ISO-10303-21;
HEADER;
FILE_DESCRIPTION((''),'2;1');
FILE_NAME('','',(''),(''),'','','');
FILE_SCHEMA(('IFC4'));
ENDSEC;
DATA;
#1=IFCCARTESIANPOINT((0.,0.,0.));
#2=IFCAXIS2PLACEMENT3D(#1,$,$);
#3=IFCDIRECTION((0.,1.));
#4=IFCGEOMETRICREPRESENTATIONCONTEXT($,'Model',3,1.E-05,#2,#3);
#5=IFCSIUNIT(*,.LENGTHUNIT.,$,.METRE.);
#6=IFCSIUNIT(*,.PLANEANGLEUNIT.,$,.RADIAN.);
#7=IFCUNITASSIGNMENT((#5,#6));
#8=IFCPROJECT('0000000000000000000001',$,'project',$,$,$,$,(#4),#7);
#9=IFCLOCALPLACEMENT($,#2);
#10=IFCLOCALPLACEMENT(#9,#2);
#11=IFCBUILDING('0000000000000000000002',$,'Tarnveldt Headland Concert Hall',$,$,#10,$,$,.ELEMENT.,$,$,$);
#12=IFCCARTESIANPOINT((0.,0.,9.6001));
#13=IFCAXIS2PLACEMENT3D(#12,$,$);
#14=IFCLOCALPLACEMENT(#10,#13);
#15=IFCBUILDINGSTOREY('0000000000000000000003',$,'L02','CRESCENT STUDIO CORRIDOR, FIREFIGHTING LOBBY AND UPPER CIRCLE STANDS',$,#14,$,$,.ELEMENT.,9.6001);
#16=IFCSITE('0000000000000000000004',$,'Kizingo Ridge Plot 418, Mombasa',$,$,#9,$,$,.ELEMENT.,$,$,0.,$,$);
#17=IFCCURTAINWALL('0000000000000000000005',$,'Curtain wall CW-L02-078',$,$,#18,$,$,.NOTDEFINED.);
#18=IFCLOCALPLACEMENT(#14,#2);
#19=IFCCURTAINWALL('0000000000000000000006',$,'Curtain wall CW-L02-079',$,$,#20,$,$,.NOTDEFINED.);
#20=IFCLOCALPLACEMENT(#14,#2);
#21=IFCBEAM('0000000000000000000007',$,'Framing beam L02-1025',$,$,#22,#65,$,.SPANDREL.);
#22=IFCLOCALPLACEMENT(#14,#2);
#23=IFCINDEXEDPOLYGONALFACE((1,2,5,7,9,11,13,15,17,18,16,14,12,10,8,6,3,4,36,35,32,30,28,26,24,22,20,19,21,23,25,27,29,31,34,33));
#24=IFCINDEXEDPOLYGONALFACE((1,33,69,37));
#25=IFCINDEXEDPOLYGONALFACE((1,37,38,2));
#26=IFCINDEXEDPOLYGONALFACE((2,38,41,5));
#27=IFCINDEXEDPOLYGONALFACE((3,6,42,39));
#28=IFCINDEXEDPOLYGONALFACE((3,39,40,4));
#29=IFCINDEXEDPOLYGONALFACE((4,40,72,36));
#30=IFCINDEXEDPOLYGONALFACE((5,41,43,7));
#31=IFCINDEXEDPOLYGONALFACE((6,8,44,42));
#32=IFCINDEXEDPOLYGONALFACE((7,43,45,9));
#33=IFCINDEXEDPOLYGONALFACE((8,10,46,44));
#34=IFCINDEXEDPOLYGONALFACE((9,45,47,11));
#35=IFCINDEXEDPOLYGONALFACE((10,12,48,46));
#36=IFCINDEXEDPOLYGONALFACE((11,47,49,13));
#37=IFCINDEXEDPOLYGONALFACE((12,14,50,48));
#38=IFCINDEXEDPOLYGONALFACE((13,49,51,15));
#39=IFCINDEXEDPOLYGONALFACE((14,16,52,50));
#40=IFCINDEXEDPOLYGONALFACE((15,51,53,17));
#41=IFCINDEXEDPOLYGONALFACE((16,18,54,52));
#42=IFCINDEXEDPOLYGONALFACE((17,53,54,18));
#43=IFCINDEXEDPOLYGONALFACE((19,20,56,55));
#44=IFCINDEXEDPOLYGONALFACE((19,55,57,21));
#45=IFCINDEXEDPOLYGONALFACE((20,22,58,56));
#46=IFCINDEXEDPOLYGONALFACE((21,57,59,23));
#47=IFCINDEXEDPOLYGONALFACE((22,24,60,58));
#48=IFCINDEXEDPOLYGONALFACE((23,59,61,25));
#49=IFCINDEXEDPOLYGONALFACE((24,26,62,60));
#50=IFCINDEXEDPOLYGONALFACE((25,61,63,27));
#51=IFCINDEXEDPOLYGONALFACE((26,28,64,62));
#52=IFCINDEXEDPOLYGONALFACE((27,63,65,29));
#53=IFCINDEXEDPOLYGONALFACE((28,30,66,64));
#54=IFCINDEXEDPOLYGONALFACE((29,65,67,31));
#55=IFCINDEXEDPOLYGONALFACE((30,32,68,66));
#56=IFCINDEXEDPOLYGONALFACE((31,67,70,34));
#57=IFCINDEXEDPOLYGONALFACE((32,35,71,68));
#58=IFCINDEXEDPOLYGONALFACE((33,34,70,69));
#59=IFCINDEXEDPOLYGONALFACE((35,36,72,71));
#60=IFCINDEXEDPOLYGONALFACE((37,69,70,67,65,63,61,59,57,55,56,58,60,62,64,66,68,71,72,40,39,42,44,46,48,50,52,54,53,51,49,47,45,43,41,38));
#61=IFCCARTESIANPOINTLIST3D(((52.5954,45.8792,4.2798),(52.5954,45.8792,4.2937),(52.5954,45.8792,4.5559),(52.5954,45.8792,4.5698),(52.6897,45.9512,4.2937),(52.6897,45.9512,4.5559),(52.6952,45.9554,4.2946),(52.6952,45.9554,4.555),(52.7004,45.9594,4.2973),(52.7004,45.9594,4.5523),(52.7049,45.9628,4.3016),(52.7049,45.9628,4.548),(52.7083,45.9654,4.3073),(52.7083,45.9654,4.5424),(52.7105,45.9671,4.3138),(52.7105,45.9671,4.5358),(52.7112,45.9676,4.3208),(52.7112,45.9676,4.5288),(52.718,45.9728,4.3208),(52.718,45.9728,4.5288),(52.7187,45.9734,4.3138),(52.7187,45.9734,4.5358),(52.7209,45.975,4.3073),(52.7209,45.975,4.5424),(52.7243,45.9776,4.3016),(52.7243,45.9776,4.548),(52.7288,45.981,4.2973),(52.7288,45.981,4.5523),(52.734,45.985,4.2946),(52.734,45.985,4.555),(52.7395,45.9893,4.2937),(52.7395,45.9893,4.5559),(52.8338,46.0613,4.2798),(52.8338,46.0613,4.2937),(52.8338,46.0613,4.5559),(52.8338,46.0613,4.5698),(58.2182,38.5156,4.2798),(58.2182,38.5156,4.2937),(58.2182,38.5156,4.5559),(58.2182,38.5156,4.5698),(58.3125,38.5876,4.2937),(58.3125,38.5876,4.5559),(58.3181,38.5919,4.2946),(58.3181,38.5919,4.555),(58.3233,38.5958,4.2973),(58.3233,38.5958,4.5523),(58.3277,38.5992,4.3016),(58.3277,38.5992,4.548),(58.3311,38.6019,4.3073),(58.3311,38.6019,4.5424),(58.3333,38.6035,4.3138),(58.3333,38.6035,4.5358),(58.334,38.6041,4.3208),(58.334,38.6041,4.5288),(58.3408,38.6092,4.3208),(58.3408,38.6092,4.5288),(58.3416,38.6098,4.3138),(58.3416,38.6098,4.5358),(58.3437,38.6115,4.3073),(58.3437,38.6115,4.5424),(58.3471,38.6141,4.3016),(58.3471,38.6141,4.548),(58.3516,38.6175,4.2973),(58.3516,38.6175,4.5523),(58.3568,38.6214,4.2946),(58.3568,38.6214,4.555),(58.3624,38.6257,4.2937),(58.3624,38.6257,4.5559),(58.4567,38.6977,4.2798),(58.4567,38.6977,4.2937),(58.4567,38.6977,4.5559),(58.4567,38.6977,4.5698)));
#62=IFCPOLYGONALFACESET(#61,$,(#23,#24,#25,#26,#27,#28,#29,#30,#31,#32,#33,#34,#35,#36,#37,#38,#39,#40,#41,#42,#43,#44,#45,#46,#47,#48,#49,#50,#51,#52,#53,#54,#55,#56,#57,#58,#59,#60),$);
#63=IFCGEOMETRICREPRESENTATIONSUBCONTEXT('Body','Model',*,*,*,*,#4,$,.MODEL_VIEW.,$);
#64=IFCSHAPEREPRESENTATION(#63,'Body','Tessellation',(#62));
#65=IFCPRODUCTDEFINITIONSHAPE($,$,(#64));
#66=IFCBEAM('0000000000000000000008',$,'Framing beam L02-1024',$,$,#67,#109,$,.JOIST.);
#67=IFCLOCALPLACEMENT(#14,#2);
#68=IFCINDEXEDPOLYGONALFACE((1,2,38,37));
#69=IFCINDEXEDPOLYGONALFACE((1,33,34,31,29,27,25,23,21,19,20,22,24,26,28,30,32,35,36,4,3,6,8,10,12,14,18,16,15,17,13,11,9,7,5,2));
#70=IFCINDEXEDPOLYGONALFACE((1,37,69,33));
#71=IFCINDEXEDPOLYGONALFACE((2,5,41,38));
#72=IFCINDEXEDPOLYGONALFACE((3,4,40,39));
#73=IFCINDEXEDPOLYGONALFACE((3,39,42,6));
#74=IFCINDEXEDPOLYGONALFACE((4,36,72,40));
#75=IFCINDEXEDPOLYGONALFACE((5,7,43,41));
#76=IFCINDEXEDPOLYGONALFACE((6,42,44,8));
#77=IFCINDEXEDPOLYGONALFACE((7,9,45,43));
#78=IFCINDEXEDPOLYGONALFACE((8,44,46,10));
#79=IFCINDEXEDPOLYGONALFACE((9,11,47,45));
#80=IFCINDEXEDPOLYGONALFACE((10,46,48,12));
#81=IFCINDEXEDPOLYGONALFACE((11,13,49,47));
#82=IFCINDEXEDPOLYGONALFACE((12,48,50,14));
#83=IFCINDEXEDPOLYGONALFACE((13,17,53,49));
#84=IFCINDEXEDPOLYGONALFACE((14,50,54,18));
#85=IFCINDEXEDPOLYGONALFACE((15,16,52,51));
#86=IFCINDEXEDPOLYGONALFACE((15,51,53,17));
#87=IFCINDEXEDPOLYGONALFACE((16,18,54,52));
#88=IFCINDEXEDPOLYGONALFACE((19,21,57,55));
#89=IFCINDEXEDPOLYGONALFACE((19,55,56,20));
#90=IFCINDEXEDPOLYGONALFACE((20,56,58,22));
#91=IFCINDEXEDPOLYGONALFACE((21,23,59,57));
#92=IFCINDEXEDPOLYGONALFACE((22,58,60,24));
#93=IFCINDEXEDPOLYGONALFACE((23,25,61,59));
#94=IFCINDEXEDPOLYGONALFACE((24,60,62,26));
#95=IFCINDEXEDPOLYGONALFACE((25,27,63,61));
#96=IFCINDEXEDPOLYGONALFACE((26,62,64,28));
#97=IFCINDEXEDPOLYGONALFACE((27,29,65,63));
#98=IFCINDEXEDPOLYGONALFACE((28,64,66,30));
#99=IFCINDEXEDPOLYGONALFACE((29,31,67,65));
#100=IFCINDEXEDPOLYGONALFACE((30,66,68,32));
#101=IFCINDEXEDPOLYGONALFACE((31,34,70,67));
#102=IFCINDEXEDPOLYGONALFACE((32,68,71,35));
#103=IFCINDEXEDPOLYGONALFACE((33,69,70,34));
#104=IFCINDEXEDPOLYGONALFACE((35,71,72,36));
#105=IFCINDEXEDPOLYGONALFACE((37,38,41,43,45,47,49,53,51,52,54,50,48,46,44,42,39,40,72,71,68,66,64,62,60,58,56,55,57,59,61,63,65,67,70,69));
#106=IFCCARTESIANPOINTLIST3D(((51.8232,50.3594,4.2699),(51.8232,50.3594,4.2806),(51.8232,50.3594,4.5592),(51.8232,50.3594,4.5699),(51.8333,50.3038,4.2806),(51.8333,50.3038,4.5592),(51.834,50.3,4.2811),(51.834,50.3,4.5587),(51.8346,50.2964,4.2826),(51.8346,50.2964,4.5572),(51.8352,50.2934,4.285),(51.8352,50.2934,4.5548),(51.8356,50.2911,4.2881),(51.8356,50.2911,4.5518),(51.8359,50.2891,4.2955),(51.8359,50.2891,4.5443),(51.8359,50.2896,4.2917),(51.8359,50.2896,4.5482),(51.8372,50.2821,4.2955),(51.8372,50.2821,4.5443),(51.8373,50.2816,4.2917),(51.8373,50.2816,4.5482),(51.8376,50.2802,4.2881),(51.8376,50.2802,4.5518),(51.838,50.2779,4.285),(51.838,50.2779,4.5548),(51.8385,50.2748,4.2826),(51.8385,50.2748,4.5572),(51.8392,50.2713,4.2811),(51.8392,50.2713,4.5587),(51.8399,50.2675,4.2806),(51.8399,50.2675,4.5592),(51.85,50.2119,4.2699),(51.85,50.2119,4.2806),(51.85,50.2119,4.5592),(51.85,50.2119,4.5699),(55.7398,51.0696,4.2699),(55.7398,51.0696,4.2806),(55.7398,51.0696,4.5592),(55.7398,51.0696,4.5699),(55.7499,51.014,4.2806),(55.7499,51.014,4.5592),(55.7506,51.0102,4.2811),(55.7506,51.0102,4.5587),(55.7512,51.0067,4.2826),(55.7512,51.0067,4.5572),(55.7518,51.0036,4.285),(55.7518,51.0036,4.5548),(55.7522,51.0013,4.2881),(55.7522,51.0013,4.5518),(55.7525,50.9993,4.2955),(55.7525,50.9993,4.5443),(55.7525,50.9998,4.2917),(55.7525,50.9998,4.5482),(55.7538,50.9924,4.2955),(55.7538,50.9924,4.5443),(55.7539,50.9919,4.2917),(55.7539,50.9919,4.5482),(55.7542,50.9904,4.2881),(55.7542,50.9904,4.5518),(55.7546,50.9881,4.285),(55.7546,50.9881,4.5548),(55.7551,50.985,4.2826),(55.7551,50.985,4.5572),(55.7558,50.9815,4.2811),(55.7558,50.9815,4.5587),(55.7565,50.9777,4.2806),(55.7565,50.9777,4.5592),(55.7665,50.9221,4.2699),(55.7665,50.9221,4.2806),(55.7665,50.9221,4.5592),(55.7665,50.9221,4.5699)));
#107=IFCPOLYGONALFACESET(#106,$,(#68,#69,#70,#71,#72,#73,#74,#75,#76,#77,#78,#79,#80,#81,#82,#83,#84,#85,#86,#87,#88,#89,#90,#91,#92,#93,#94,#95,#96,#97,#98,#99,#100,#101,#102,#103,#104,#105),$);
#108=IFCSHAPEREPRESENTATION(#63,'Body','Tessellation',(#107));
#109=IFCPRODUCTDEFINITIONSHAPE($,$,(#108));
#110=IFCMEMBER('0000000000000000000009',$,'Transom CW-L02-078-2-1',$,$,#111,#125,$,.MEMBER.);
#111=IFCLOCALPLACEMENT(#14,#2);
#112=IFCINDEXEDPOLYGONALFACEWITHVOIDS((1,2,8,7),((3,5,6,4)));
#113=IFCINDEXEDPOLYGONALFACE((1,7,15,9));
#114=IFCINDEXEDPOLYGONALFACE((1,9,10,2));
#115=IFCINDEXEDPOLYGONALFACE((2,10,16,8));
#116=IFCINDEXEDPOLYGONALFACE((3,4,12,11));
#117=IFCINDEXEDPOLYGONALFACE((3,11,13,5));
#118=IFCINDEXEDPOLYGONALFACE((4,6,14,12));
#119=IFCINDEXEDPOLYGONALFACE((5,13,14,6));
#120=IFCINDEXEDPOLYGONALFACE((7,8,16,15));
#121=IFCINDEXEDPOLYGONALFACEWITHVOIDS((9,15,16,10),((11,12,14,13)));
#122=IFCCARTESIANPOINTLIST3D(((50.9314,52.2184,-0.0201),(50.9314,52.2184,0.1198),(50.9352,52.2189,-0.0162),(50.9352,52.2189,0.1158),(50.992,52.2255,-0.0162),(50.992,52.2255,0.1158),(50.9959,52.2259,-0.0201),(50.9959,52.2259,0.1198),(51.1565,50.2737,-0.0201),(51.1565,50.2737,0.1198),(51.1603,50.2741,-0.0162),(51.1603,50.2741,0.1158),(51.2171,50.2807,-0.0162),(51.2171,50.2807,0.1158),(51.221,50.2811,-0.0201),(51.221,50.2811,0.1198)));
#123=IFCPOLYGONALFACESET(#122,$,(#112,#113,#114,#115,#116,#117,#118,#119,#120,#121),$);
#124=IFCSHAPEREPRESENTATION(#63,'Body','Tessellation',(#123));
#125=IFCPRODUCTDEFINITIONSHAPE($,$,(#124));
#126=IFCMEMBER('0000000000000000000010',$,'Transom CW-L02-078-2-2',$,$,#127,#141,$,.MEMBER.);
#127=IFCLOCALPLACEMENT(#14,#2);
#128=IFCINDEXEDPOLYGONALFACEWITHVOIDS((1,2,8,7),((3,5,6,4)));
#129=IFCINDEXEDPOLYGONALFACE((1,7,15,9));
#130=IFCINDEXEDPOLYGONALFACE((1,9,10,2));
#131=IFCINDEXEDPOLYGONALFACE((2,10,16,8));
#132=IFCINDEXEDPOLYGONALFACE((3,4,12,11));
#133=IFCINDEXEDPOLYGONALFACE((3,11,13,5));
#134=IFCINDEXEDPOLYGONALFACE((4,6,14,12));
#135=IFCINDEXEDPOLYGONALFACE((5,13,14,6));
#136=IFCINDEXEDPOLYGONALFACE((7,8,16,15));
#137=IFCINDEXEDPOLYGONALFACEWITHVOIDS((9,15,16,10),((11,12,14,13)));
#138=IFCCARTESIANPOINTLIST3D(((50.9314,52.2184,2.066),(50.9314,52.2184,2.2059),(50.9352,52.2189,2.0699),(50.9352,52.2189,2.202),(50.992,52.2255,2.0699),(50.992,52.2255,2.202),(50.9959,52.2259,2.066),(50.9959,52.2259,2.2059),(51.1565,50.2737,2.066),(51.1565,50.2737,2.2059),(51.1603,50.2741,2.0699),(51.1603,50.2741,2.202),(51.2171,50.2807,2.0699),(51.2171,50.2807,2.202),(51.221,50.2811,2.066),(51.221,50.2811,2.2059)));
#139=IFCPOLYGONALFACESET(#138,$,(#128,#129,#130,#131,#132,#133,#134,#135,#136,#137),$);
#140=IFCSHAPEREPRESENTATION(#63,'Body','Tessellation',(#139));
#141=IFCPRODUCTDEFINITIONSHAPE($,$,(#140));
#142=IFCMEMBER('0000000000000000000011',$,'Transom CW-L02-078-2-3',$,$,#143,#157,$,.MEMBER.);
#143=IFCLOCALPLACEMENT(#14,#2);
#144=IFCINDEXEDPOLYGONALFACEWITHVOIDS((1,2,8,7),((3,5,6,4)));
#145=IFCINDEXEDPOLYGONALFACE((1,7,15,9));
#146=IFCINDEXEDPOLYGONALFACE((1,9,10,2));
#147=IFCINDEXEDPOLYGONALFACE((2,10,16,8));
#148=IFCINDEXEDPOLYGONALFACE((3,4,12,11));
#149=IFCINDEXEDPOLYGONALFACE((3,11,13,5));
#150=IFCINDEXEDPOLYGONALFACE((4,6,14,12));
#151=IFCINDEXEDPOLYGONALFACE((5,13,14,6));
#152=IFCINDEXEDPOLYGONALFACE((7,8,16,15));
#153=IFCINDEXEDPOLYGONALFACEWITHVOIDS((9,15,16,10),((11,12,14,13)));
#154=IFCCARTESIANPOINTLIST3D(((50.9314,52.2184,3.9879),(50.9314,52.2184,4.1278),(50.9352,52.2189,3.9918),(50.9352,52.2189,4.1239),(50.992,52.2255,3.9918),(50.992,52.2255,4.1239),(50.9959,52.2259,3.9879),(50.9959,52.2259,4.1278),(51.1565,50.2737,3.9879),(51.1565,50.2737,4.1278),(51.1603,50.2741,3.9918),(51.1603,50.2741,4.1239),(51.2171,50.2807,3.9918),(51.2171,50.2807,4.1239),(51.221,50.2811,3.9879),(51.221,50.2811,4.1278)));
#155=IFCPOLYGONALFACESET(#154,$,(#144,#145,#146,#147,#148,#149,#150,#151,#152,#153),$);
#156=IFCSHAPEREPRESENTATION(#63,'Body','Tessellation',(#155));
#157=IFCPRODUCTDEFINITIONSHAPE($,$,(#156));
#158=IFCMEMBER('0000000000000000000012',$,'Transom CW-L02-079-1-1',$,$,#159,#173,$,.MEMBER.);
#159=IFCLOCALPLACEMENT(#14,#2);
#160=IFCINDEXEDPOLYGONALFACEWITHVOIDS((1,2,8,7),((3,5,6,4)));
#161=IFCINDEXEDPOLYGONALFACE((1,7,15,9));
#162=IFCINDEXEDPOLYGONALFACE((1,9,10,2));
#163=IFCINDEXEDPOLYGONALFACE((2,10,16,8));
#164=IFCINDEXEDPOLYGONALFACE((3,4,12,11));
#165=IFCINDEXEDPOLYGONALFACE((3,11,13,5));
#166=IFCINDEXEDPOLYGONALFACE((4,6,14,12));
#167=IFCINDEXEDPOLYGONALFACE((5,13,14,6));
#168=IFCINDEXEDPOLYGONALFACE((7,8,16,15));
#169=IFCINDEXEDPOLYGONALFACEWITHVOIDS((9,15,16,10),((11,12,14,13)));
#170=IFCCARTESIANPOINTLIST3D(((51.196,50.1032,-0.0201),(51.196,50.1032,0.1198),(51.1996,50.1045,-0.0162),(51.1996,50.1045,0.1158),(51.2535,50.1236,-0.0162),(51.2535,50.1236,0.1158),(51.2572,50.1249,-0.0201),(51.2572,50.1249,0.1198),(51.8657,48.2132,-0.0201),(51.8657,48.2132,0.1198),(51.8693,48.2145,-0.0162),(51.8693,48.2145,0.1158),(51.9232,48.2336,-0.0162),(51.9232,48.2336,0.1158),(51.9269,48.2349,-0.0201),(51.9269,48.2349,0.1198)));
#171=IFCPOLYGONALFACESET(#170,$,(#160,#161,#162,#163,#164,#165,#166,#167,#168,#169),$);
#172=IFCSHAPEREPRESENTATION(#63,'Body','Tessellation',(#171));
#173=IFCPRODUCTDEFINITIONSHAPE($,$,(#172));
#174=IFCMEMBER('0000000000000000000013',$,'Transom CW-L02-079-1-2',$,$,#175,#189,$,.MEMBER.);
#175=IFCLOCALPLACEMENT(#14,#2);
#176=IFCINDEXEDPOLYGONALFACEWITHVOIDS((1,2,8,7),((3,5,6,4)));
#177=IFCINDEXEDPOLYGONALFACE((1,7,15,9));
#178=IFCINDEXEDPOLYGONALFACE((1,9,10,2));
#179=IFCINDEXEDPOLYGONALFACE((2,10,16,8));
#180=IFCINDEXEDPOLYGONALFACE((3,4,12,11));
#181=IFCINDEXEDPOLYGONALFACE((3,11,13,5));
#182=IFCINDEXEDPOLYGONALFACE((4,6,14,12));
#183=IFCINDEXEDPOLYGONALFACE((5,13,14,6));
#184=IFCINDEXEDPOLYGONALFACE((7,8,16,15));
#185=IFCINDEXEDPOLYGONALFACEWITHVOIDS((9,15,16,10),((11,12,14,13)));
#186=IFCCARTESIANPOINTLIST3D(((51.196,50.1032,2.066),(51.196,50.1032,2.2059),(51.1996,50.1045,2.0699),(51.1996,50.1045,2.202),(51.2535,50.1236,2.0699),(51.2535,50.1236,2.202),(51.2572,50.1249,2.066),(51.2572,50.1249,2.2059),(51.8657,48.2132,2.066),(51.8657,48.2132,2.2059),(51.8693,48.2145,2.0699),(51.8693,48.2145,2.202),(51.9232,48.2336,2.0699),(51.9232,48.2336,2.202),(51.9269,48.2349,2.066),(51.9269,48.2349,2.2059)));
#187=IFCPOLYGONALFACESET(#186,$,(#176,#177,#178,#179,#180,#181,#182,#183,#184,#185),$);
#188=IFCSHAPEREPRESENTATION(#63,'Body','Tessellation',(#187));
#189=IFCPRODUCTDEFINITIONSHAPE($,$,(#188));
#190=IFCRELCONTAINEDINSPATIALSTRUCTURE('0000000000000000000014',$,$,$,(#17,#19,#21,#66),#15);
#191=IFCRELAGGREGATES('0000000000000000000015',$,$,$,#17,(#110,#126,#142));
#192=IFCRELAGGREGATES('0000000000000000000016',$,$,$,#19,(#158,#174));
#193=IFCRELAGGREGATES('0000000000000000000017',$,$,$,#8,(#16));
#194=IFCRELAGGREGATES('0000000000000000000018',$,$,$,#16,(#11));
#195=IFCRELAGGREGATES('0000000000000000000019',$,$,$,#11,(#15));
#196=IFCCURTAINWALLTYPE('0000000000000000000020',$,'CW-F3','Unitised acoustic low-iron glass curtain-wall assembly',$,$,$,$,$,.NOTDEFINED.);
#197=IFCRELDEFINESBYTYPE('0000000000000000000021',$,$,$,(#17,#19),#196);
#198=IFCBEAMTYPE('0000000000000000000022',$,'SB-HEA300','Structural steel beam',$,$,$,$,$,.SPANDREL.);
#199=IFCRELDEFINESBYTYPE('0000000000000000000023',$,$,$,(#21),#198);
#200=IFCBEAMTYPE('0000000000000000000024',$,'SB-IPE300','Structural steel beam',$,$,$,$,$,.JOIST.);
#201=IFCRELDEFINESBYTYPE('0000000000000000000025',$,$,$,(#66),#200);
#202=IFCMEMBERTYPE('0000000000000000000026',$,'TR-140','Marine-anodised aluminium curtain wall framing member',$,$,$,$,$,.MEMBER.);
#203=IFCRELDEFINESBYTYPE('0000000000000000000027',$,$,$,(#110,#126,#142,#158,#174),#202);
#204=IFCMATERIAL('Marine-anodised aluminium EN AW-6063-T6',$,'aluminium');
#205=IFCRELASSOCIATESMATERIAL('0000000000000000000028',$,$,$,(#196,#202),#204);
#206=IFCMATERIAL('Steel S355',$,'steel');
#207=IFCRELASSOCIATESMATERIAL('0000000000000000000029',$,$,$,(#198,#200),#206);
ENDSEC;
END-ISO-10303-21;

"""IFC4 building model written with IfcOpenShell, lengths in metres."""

from ifc_helpers import new_model, si_unit, direction, frame, origin, origin_2d, place, context, subcontext, project, spatial, hollow_rectangle, i_section, extrude, material, material_profile, profile_set, type_object, element, aggregate, save


model = new_model("IFC4")

# Units and contexts
model_context = context("Model", 3, precision=1e-05, world=origin(), true_north=direction((0.0, 1.0)))
body_context = subcontext(model_context, "Body", "Model", "MODEL_VIEW")
ifc_project = project(units=[si_unit("LENGTHUNIT", "METRE"), si_unit("PLANEANGLEUNIT", "RADIAN")], contexts=[model_context])

# Site, building, storey
site_placement = place(None, origin())
site = spatial("IfcSite", under=ifc_project, at=site_placement, Name="Kizingo Ridge Plot 418, Mombasa", CompositionType="ELEMENT", RefElevation=0.0)
building_placement = place(site_placement, origin())
building = spatial("IfcBuilding", under=site, at=building_placement, Name="Tarnveldt Headland Concert Hall", CompositionType="ELEMENT")
storey_placement = place(building_placement, frame((0.0, 0.0, 9.6001)))
storey = spatial("IfcBuildingStorey", under=building, at=storey_placement, Name="L02", Description="CRESCENT STUDIO CORRIDOR, FIREFIGHTING LOBBY AND UPPER CIRCLE STANDS", CompositionType="ELEMENT", Elevation=9.6001)

# Shared definitions
ifc_material_1 = material(Name="Steel S355", Category="steel")

# Curtain walls
ifc_material_2 = material(Name="Marine-anodised aluminium EN AW-6063-T6", Category="aluminium")
curtain_wall_type = type_object("IfcCurtainWallType", Name="CW-F3", Description="Unitised acoustic low-iron glass curtain-wall assembly", PredefinedType="NOTDEFINED", material=ifc_material_2)
curtain_wall_1_placement = place(storey_placement, origin())
curtain_wall_1 = element("IfcCurtainWall", 1, at=curtain_wall_1_placement, inside=storey, type_object=curtain_wall_type, Name="Curtain wall CW-L02-078", PredefinedType="NOTDEFINED")
curtain_wall_2_placement = place(storey_placement, origin())
curtain_wall_2 = element("IfcCurtainWall", 2, at=curtain_wall_2_placement, inside=storey, type_object=curtain_wall_type, Name="Curtain wall CW-L02-079", PredefinedType="NOTDEFINED")

# Beams
ifc_material_profile_1 = material_profile(ifc_material_1, i_section(OverallWidth=0.3, OverallDepth=0.29, WebThickness=0.0085, FlangeThickness=0.0139, FilletRadius=0.0271, at=origin_2d()), Name="HEA300", Category="steel")
ifc_profile_set_1 = profile_set([ifc_material_profile_1], Name="Steel S355")
beam_type_1 = type_object("IfcBeamType", Name="SB-HEA300", Description="Structural steel beam", PredefinedType="SPANDREL", material=ifc_profile_set_1)
beam_1_placement = place(storey_placement, frame((52.7146, 45.9702, 4.4248), z_axis=(0.606896, -0.794781, 0.0), x_axis=(0.794781, 0.606896, 0.0)))
element("IfcBeam", 3, at=beam_1_placement, inside=storey, type_object=beam_type_1, Name="Framing beam L02-1025", PredefinedType="SPANDREL", context=body_context, shape_type="SweptSolid", body=[
    extrude(i_section(OverallWidth=0.3, OverallDepth=0.29, WebThickness=0.0085, FlangeThickness=0.0139, FilletRadius=0.0271, at=origin_2d()), origin(), (0.0, 0.0, 1.0), 9.2649),
])
ifc_material_profile_2 = material_profile(ifc_material_1, i_section(OverallWidth=0.1499, OverallDepth=0.3, WebThickness=0.0071, FlangeThickness=0.0107, FilletRadius=0.0149, at=origin_2d()), Name="IPE300", Category="steel")
ifc_profile_set_2 = profile_set([ifc_material_profile_2], Name="Steel S355")
beam_type_2 = type_object("IfcBeamType", Name="SB-IPE300", Description="Structural steel beam", PredefinedType="JOIST", material=ifc_profile_set_2)
beam_2_placement = place(storey_placement, frame((55.7532, 50.9958, 4.4199), z_axis=(-0.983953, -0.178427, 0.0), x_axis=(0.178427, -0.983953, 0.0)))
element("IfcBeam", 4, at=beam_2_placement, inside=storey, type_object=beam_type_2, Name="Framing beam L02-1024", PredefinedType="JOIST", context=body_context, shape_type="SweptSolid", body=[
    extrude(i_section(OverallWidth=0.1499, OverallDepth=0.3, WebThickness=0.0071, FlangeThickness=0.0107, FilletRadius=0.0149, at=origin_2d()), origin(), (0.0, 0.0, 1.0), 3.9805),
])

# Members
ifc_material_profile_3 = material_profile(ifc_material_2, hollow_rectangle(XDim=0.0649, YDim=0.1399, WallThickness=0.0039, at=origin_2d()), Name="ALU TRANSOM 65x140x4", Category="aluminium")
ifc_profile_set_3 = profile_set([ifc_material_profile_3], Name="Marine-anodised aluminium EN AW-6063-T6")
member_type_1 = type_object("IfcMemberType", Name="TR-140", Description="Marine-anodised aluminium curtain wall framing member", PredefinedType="MEMBER", material=ifc_profile_set_3)
member_1_placement = place(storey_placement, frame((50.9636, 52.2222, 0.0498), z_axis=(0.114974, -0.993368, 0.0), x_axis=(0.993368, 0.114974, 0.0)))
member_1 = element("IfcMember", 5, at=member_1_placement, type_object=member_type_1, Name="Transom CW-L02-078-2-1", PredefinedType="MEMBER", context=body_context, shape_type="SweptSolid", body=[
    extrude(hollow_rectangle(XDim=0.0649, YDim=0.1399, WallThickness=0.0039, at=origin_2d()), origin(), (0.0, 0.0, 1.0), 1.9578),
])
member_2_placement = place(storey_placement, frame((50.9636, 52.2222, 2.136), z_axis=(0.114974, -0.993368, 0.0), x_axis=(0.993368, 0.114974, 0.0)))
member_2 = element("IfcMember", 6, at=member_2_placement, type_object=member_type_1, Name="Transom CW-L02-078-2-2", PredefinedType="MEMBER", context=body_context, shape_type="SweptSolid", body=[
    extrude(hollow_rectangle(XDim=0.0649, YDim=0.1399, WallThickness=0.0039, at=origin_2d()), origin(), (0.0, 0.0, 1.0), 1.9578),
])
member_3_placement = place(storey_placement, frame((50.9636, 52.2222, 4.0579), z_axis=(0.114974, -0.993368, 0.0), x_axis=(0.993368, 0.114974, 0.0)))
member_3 = element("IfcMember", 7, at=member_3_placement, type_object=member_type_1, Name="Transom CW-L02-078-2-3", PredefinedType="MEMBER", context=body_context, shape_type="SweptSolid", body=[
    extrude(hollow_rectangle(XDim=0.0649, YDim=0.1399, WallThickness=0.0039, at=origin_2d()), origin(), (0.0, 0.0, 1.0), 1.9578),
])
member_4_placement = place(storey_placement, frame((51.2266, 50.114, 0.0498), z_axis=(0.333998, -0.942574, 0.0), x_axis=(0.942574, 0.333998, 0.0)))
member_4 = element("IfcMember", 8, at=member_4_placement, type_object=member_type_1, Name="Transom CW-L02-079-1-1", PredefinedType="MEMBER", context=body_context, shape_type="SweptSolid", body=[
    extrude(hollow_rectangle(XDim=0.0649, YDim=0.1399, WallThickness=0.0039, at=origin_2d()), origin(), (0.0, 0.0, 1.0), 2.0051),
])
member_5_placement = place(storey_placement, frame((51.2266, 50.114, 2.136), z_axis=(0.333998, -0.942574, 0.0), x_axis=(0.942574, 0.333998, 0.0)))
member_5 = element("IfcMember", 9, at=member_5_placement, type_object=member_type_1, Name="Transom CW-L02-079-1-2", PredefinedType="MEMBER", context=body_context, shape_type="SweptSolid", body=[
    extrude(hollow_rectangle(XDim=0.0649, YDim=0.1399, WallThickness=0.0039, at=origin_2d()), origin(), (0.0, 0.0, 1.0), 2.0051),
])

aggregate(curtain_wall_1, [member_1, member_2, member_3])
aggregate(curtain_wall_2, [member_4, member_5])

save(model, "model.ifc")
